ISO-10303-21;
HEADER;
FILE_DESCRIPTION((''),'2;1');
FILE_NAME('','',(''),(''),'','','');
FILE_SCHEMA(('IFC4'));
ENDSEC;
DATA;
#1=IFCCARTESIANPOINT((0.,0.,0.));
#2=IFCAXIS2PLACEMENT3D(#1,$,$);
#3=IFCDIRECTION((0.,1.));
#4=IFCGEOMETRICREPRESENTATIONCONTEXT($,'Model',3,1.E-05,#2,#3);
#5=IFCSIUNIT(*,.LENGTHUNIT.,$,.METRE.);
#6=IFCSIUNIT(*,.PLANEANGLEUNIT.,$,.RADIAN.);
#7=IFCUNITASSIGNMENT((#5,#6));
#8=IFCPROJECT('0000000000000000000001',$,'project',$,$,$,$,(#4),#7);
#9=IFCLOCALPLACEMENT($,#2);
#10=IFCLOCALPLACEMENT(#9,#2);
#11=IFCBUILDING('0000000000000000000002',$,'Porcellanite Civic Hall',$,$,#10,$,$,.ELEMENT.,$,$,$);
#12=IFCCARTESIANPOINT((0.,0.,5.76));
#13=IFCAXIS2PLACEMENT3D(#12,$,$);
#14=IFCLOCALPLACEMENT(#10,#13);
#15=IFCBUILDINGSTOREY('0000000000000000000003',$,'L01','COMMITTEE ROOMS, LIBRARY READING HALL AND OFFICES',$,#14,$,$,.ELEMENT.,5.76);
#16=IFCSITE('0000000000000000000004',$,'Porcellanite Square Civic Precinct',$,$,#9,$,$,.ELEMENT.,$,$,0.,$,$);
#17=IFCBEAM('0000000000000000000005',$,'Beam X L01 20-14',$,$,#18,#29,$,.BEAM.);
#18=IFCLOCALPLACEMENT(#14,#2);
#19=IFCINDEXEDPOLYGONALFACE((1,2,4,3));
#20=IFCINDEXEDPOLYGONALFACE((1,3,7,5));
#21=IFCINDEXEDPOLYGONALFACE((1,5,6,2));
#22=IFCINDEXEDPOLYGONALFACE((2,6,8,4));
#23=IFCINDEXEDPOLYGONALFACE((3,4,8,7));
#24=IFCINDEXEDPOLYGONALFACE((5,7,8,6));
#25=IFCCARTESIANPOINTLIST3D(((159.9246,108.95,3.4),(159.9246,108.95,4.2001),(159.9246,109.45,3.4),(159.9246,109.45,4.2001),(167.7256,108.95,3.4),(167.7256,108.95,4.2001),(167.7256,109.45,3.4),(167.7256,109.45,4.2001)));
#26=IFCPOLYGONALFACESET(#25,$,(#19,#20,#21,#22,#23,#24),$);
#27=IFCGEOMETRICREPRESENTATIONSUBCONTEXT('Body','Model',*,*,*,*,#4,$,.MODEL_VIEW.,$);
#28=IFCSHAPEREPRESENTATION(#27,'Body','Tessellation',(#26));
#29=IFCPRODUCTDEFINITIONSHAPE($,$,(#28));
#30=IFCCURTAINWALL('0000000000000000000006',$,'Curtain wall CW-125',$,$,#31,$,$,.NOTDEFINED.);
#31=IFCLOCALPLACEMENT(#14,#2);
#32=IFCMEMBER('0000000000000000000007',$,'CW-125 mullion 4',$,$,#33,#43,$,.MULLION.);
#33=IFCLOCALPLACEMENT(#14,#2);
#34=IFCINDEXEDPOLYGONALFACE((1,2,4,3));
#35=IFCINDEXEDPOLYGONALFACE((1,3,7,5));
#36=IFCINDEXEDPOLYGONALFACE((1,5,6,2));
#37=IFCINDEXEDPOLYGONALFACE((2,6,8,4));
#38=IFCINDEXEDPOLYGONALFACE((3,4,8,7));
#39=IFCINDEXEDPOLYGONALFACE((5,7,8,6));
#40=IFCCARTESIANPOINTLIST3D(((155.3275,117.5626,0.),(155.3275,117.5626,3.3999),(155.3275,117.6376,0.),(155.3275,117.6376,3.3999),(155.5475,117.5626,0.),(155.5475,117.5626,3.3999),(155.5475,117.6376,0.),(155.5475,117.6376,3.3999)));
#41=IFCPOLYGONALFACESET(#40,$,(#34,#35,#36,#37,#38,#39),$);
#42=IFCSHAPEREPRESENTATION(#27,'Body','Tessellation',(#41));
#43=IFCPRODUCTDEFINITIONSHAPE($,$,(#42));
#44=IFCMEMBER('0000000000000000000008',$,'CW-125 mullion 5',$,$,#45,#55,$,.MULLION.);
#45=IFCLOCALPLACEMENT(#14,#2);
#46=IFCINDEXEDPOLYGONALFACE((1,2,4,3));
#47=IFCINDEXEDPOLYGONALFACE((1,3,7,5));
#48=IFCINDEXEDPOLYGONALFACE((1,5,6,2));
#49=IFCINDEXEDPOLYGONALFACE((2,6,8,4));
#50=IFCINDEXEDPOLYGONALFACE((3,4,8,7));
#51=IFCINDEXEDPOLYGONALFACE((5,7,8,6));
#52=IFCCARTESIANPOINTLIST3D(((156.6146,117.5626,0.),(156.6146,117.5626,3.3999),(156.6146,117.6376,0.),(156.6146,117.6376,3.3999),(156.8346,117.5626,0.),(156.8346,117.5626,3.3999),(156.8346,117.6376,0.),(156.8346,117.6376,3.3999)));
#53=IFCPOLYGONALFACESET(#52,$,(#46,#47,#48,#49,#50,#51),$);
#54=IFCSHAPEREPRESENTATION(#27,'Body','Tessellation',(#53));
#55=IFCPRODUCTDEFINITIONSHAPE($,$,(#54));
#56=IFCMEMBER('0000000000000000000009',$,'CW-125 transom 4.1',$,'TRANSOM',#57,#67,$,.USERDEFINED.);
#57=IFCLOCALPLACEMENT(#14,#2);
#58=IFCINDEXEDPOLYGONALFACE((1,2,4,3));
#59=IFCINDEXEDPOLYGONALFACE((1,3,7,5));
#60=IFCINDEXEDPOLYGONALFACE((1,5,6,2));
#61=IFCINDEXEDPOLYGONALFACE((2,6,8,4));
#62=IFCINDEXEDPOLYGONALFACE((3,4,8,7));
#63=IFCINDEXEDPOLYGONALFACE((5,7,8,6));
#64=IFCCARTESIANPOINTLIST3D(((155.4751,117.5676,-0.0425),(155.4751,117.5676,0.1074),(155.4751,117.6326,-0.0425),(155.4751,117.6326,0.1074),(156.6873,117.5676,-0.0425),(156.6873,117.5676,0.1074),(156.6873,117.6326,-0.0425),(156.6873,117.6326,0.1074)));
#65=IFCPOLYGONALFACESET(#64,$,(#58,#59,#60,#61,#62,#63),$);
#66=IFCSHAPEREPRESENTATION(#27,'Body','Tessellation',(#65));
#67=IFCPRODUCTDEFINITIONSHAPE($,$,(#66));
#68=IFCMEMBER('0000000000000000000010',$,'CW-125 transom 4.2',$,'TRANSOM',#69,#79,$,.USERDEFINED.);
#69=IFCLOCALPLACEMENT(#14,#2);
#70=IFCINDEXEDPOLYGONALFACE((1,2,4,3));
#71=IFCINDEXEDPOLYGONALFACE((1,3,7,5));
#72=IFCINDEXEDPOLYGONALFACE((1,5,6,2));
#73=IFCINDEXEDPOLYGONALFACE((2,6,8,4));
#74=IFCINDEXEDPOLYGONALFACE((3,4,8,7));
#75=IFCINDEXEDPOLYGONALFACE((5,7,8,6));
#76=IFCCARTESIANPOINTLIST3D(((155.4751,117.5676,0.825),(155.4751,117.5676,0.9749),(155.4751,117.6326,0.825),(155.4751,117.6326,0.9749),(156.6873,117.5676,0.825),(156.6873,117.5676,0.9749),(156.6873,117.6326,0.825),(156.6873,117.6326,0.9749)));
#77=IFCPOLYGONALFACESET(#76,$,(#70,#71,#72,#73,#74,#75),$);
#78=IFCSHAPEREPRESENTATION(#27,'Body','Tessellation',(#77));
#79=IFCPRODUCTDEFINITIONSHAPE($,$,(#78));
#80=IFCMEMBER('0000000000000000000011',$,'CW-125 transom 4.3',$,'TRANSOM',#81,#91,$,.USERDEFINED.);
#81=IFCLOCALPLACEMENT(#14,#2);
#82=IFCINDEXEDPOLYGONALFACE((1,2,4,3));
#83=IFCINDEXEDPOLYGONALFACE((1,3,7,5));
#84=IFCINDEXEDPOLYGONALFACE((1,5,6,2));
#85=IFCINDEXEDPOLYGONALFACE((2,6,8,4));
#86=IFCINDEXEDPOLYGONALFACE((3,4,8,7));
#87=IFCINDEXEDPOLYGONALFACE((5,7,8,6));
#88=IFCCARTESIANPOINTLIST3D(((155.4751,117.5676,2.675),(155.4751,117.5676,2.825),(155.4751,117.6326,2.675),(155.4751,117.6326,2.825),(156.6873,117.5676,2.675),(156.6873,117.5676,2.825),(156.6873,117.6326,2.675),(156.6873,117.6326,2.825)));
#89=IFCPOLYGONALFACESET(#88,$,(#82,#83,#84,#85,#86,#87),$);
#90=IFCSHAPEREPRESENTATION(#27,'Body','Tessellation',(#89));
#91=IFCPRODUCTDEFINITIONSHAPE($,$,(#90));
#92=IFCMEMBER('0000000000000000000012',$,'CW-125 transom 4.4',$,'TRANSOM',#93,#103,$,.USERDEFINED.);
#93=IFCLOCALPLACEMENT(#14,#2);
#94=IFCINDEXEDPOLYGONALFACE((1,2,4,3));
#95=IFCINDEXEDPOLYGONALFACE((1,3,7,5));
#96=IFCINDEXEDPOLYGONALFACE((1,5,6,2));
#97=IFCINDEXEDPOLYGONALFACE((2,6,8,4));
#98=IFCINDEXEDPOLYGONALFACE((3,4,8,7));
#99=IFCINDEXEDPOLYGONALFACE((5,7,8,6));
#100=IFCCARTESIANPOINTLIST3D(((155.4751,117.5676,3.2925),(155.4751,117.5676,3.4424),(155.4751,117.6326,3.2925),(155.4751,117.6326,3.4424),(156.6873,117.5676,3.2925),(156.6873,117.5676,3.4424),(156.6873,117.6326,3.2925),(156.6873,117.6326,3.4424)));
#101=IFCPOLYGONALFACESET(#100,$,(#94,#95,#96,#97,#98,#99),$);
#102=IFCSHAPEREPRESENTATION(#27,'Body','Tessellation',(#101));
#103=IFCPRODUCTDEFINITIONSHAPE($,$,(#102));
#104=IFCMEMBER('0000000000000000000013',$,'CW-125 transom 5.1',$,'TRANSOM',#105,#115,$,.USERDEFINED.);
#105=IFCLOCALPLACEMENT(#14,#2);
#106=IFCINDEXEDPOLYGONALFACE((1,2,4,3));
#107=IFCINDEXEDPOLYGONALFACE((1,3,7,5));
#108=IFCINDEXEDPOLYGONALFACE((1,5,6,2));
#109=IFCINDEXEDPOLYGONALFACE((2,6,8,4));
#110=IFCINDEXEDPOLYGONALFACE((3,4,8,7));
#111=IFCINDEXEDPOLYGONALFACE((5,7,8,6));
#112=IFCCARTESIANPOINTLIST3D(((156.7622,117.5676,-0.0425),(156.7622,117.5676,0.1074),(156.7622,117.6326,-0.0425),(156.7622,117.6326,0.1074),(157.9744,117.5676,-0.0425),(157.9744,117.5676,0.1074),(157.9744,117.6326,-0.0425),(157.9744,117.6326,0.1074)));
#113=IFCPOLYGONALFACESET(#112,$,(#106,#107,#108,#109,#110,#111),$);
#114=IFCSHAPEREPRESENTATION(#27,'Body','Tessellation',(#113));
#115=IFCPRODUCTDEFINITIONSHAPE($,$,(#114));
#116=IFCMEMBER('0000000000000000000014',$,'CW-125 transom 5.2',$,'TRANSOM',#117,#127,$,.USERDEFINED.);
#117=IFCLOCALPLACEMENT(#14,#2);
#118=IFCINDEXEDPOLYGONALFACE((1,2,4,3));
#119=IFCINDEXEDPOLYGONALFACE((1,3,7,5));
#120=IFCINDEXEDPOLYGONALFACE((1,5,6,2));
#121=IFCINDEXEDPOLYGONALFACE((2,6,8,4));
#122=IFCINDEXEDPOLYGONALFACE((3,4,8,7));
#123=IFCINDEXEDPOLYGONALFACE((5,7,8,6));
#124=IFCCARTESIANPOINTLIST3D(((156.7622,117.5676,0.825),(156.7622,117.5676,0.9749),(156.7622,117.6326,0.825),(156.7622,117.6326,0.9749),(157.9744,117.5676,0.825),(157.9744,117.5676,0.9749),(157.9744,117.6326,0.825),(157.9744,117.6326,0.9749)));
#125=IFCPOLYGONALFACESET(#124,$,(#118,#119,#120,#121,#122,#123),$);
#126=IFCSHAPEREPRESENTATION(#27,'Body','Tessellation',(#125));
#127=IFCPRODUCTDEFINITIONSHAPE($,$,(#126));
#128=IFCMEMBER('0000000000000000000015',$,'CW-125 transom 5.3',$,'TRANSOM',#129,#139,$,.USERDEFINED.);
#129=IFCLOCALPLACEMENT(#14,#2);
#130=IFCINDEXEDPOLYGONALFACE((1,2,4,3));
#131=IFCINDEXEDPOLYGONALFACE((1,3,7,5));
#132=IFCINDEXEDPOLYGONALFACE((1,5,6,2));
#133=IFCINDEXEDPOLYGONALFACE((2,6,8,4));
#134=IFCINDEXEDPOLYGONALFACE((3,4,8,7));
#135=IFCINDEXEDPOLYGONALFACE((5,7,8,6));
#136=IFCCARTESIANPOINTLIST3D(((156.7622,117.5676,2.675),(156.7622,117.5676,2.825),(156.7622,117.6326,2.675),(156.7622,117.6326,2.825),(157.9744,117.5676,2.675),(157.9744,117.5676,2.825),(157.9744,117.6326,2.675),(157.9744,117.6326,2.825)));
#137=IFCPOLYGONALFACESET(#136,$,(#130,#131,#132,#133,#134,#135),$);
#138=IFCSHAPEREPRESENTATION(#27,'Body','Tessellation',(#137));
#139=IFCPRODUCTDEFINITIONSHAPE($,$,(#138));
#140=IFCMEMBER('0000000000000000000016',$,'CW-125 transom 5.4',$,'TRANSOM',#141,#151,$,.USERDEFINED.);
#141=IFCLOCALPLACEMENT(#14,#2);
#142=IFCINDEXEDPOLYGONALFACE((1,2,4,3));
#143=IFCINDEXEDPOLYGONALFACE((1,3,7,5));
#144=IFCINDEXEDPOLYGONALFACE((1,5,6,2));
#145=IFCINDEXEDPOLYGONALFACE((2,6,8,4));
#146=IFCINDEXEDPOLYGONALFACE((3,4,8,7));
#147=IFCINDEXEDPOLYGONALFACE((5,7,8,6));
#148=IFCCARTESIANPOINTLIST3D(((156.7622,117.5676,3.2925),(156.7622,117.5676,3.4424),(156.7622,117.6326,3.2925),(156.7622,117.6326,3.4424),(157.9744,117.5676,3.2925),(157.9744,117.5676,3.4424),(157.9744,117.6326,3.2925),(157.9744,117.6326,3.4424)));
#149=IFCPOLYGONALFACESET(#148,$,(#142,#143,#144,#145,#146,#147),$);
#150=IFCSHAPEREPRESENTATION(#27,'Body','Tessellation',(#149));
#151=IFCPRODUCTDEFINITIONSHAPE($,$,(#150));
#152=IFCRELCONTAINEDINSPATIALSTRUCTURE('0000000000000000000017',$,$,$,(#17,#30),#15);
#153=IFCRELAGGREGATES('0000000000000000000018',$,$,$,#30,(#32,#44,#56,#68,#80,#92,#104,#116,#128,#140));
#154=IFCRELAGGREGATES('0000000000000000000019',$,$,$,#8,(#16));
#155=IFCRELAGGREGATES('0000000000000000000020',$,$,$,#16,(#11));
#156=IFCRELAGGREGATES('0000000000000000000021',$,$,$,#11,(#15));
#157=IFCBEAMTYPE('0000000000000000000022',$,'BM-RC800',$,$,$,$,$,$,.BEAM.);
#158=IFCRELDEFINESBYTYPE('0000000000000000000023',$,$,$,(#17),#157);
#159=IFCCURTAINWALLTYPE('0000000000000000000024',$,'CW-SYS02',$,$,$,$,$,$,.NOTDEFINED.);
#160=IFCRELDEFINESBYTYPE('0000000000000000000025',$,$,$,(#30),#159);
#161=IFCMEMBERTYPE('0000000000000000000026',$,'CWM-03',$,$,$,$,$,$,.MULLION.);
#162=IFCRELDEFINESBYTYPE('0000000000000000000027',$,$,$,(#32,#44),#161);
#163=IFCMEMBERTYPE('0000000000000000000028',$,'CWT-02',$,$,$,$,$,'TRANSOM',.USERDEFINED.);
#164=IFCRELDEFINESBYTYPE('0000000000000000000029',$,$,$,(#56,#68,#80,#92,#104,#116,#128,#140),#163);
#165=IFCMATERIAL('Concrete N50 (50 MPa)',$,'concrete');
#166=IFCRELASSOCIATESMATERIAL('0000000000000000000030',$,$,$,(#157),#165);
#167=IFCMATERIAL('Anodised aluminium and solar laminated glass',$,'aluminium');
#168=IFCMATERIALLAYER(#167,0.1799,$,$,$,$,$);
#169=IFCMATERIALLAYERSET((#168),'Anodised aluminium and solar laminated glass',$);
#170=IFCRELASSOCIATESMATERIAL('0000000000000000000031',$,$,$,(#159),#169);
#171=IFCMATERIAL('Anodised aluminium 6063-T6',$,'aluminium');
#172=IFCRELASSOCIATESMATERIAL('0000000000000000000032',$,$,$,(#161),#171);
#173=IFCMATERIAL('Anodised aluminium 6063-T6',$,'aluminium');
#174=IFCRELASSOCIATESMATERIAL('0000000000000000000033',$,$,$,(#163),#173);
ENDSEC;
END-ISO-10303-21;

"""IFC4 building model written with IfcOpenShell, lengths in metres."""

from ifc_helpers import new_model, si_unit, direction, frame, origin, origin_2d, place, context, subcontext, project, spatial, rectangle, extrude, material, layer, layer_set, material_profile, profile_set, type_object, element, aggregate, save


model = new_model("IFC4")

# Units and contexts
model_context = context("Model", 3, precision=1e-05, world=origin(), true_north=direction((0.0, 1.0)))
body_context = subcontext(model_context, "Body", "Model", "MODEL_VIEW")
ifc_project = project(units=[si_unit("LENGTHUNIT", "METRE"), si_unit("PLANEANGLEUNIT", "RADIAN")], contexts=[model_context])

# Site, building, storey
site_placement = place(None, origin())
site = spatial("IfcSite", under=ifc_project, at=site_placement, Name="Porcellanite Square Civic Precinct", CompositionType="ELEMENT", RefElevation=0.0)
building_placement = place(site_placement, origin())
building = spatial("IfcBuilding", under=site, at=building_placement, Name="Porcellanite Civic Hall", CompositionType="ELEMENT")
storey_placement = place(building_placement, frame((0.0, 0.0, 5.76)))
storey = spatial("IfcBuildingStorey", under=building, at=storey_placement, Name="L01", Description="COMMITTEE ROOMS, LIBRARY READING HALL AND OFFICES", CompositionType="ELEMENT", Elevation=5.76)

# Beam
ifc_material_1 = material(Name="Concrete N50 (50 MPa)", Category="concrete")
ifc_material_profile_1 = material_profile(ifc_material_1, rectangle(XDim=0.5, YDim=0.8, at=origin_2d()), Name="RC-500x800")
ifc_profile_set_1 = profile_set([ifc_material_profile_1], Name="Concrete N50 (50 MPa)")
beam_type_1 = type_object("IfcBeamType", Name="BM-RC800", PredefinedType="BEAM", material=ifc_profile_set_1)
beam_1_placement = place(storey_placement, frame((159.9246, 109.2, 3.8), z_axis=(1.0, 0.0, 0.0), x_axis=(0.0, 1.0, 0.0)))
element("IfcBeam", 1, at=beam_1_placement, inside=storey, type_object=beam_type_1, Name="Beam X L01 20-14", PredefinedType="BEAM", context=body_context, shape_type="SweptSolid", body=[
    extrude(rectangle(XDim=0.5, YDim=0.8, at=origin_2d()), origin(), (0.0, 0.0, 1.0), 7.801),
])

# Curtain wall, members
ifc_material_2 = material(Name="Anodised aluminium and solar laminated glass", Category="aluminium")
ifc_layer_1 = layer(ifc_material_2, 0.1799)
ifc_layer_set_1 = layer_set([ifc_layer_1], Name="Anodised aluminium and solar laminated glass")
curtain_wall_type = type_object("IfcCurtainWallType", Name="CW-SYS02", PredefinedType="NOTDEFINED", material=ifc_layer_set_1)
curtain_wall_placement = place(storey_placement, origin())
curtain_wall = element("IfcCurtainWall", 2, at=curtain_wall_placement, inside=storey, type_object=curtain_wall_type, Name="Curtain wall CW-125", PredefinedType="NOTDEFINED")
ifc_material_3 = material(Name="Anodised aluminium 6063-T6", Category="aluminium")
ifc_material_profile_2 = material_profile(ifc_material_3, rectangle(XDim=0.075, YDim=0.22, at=origin_2d()), Name="AL-75x220")
ifc_profile_set_2 = profile_set([ifc_material_profile_2], Name="Anodised aluminium 6063-T6")
member_type_1 = type_object("IfcMemberType", Name="CWM-03", PredefinedType="MULLION", material=ifc_profile_set_2)
member_1_placement = place(storey_placement, frame((155.4375, 117.6001, 0.0), z_axis=(0.0, 0.0, 1.0), x_axis=(0.0, 1.0, 0.0)))
member_1 = element("IfcMember", 3, at=member_1_placement, type_object=member_type_1, Name="CW-125 mullion 4", PredefinedType="MULLION", context=body_context, shape_type="SweptSolid", body=[
    extrude(rectangle(XDim=0.075, YDim=0.22, at=origin_2d()), origin(), (0.0, 0.0, 1.0), 3.3999),
])
member_2_placement = place(storey_placement, frame((156.7246, 117.6001, 0.0), z_axis=(0.0, 0.0, 1.0), x_axis=(0.0, 1.0, 0.0)))
member_2 = element("IfcMember", 4, at=member_2_placement, type_object=member_type_1, Name="CW-125 mullion 5", PredefinedType="MULLION", context=body_context, shape_type="SweptSolid", body=[
    extrude(rectangle(XDim=0.075, YDim=0.22, at=origin_2d()), origin(), (0.0, 0.0, 1.0), 3.3999),
])
ifc_material_4 = material(Name="Anodised aluminium 6063-T6", Category="aluminium")
ifc_material_profile_3 = material_profile(ifc_material_4, rectangle(XDim=0.0649, YDim=0.1499, at=origin_2d()), Name="AL-65x150")
ifc_profile_set_3 = profile_set([ifc_material_profile_3], Name="Anodised aluminium 6063-T6")
member_type_2 = type_object("IfcMemberType", Name="CWT-02", ElementType="TRANSOM", PredefinedType="USERDEFINED", material=ifc_profile_set_3)
member_3_placement = place(storey_placement, frame((155.4751, 117.6001, 0.0325), z_axis=(1.0, 0.0, 0.0), x_axis=(0.0, 1.0, 0.0)))
member_3 = element("IfcMember", 5, at=member_3_placement, type_object=member_type_2, Name="CW-125 transom 4.1", ObjectType="TRANSOM", PredefinedType="USERDEFINED", context=body_context, shape_type="SweptSolid", body=[
    extrude(rectangle(XDim=0.0649, YDim=0.1499, at=origin_2d()), origin(), (0.0, 0.0, 1.0), 1.2122),
])
member_4_placement = place(storey_placement, frame((155.4751, 117.6001, 0.8999), z_axis=(1.0, 0.0, 0.0), x_axis=(0.0, 1.0, 0.0)))
member_4 = element("IfcMember", 6, at=member_4_placement, type_object=member_type_2, Name="CW-125 transom 4.2", ObjectType="TRANSOM", PredefinedType="USERDEFINED", context=body_context, shape_type="SweptSolid", body=[
    extrude(rectangle(XDim=0.0649, YDim=0.1499, at=origin_2d()), origin(), (0.0, 0.0, 1.0), 1.2122),
])
member_5_placement = place(storey_placement, frame((155.4751, 117.6001, 2.75), z_axis=(1.0, 0.0, 0.0), x_axis=(0.0, 1.0, 0.0)))
member_5 = element("IfcMember", 7, at=member_5_placement, type_object=member_type_2, Name="CW-125 transom 4.3", ObjectType="TRANSOM", PredefinedType="USERDEFINED", context=body_context, shape_type="SweptSolid", body=[
    extrude(rectangle(XDim=0.0649, YDim=0.1499, at=origin_2d()), origin(), (0.0, 0.0, 1.0), 1.2122),
])
member_6_placement = place(storey_placement, frame((155.4751, 117.6001, 3.3674), z_axis=(1.0, 0.0, 0.0), x_axis=(0.0, 1.0, 0.0)))
member_6 = element("IfcMember", 8, at=member_6_placement, type_object=member_type_2, Name="CW-125 transom 4.4", ObjectType="TRANSOM", PredefinedType="USERDEFINED", context=body_context, shape_type="SweptSolid", body=[
    extrude(rectangle(XDim=0.0649, YDim=0.1499, at=origin_2d()), origin(), (0.0, 0.0, 1.0), 1.2122),
])
member_7_placement = place(storey_placement, frame((156.7622, 117.6001, 0.0325), z_axis=(1.0, 0.0, 0.0), x_axis=(0.0, 1.0, 0.0)))
member_7 = element("IfcMember", 9, at=member_7_placement, type_object=member_type_2, Name="CW-125 transom 5.1", ObjectType="TRANSOM", PredefinedType="USERDEFINED", context=body_context, shape_type="SweptSolid", body=[
    extrude(rectangle(XDim=0.0649, YDim=0.1499, at=origin_2d()), origin(), (0.0, 0.0, 1.0), 1.2122),
])
member_8_placement = place(storey_placement, frame((156.7622, 117.6001, 0.8999), z_axis=(1.0, 0.0, 0.0), x_axis=(0.0, 1.0, 0.0)))
member_8 = element("IfcMember", 10, at=member_8_placement, type_object=member_type_2, Name="CW-125 transom 5.2", ObjectType="TRANSOM", PredefinedType="USERDEFINED", context=body_context, shape_type="SweptSolid", body=[
    extrude(rectangle(XDim=0.0649, YDim=0.1499, at=origin_2d()), origin(), (0.0, 0.0, 1.0), 1.2122),
])
member_9_placement = place(storey_placement, frame((156.7622, 117.6001, 2.75), z_axis=(1.0, 0.0, 0.0), x_axis=(0.0, 1.0, 0.0)))
member_9 = element("IfcMember", 11, at=member_9_placement, type_object=member_type_2, Name="CW-125 transom 5.3", ObjectType="TRANSOM", PredefinedType="USERDEFINED", context=body_context, shape_type="SweptSolid", body=[
    extrude(rectangle(XDim=0.0649, YDim=0.1499, at=origin_2d()), origin(), (0.0, 0.0, 1.0), 1.2122),
])
member_10_placement = place(storey_placement, frame((156.7622, 117.6001, 3.3674), z_axis=(1.0, 0.0, 0.0), x_axis=(0.0, 1.0, 0.0)))
member_10 = element("IfcMember", 12, at=member_10_placement, type_object=member_type_2, Name="CW-125 transom 5.4", ObjectType="TRANSOM", PredefinedType="USERDEFINED", context=body_context, shape_type="SweptSolid", body=[
    extrude(rectangle(XDim=0.0649, YDim=0.1499, at=origin_2d()), origin(), (0.0, 0.0, 1.0), 1.2122),
])

aggregate(curtain_wall, [member_1, member_2, member_3, member_4, member_5, member_6, member_7, member_8, member_9, member_10])

save(model, "model.ifc")
